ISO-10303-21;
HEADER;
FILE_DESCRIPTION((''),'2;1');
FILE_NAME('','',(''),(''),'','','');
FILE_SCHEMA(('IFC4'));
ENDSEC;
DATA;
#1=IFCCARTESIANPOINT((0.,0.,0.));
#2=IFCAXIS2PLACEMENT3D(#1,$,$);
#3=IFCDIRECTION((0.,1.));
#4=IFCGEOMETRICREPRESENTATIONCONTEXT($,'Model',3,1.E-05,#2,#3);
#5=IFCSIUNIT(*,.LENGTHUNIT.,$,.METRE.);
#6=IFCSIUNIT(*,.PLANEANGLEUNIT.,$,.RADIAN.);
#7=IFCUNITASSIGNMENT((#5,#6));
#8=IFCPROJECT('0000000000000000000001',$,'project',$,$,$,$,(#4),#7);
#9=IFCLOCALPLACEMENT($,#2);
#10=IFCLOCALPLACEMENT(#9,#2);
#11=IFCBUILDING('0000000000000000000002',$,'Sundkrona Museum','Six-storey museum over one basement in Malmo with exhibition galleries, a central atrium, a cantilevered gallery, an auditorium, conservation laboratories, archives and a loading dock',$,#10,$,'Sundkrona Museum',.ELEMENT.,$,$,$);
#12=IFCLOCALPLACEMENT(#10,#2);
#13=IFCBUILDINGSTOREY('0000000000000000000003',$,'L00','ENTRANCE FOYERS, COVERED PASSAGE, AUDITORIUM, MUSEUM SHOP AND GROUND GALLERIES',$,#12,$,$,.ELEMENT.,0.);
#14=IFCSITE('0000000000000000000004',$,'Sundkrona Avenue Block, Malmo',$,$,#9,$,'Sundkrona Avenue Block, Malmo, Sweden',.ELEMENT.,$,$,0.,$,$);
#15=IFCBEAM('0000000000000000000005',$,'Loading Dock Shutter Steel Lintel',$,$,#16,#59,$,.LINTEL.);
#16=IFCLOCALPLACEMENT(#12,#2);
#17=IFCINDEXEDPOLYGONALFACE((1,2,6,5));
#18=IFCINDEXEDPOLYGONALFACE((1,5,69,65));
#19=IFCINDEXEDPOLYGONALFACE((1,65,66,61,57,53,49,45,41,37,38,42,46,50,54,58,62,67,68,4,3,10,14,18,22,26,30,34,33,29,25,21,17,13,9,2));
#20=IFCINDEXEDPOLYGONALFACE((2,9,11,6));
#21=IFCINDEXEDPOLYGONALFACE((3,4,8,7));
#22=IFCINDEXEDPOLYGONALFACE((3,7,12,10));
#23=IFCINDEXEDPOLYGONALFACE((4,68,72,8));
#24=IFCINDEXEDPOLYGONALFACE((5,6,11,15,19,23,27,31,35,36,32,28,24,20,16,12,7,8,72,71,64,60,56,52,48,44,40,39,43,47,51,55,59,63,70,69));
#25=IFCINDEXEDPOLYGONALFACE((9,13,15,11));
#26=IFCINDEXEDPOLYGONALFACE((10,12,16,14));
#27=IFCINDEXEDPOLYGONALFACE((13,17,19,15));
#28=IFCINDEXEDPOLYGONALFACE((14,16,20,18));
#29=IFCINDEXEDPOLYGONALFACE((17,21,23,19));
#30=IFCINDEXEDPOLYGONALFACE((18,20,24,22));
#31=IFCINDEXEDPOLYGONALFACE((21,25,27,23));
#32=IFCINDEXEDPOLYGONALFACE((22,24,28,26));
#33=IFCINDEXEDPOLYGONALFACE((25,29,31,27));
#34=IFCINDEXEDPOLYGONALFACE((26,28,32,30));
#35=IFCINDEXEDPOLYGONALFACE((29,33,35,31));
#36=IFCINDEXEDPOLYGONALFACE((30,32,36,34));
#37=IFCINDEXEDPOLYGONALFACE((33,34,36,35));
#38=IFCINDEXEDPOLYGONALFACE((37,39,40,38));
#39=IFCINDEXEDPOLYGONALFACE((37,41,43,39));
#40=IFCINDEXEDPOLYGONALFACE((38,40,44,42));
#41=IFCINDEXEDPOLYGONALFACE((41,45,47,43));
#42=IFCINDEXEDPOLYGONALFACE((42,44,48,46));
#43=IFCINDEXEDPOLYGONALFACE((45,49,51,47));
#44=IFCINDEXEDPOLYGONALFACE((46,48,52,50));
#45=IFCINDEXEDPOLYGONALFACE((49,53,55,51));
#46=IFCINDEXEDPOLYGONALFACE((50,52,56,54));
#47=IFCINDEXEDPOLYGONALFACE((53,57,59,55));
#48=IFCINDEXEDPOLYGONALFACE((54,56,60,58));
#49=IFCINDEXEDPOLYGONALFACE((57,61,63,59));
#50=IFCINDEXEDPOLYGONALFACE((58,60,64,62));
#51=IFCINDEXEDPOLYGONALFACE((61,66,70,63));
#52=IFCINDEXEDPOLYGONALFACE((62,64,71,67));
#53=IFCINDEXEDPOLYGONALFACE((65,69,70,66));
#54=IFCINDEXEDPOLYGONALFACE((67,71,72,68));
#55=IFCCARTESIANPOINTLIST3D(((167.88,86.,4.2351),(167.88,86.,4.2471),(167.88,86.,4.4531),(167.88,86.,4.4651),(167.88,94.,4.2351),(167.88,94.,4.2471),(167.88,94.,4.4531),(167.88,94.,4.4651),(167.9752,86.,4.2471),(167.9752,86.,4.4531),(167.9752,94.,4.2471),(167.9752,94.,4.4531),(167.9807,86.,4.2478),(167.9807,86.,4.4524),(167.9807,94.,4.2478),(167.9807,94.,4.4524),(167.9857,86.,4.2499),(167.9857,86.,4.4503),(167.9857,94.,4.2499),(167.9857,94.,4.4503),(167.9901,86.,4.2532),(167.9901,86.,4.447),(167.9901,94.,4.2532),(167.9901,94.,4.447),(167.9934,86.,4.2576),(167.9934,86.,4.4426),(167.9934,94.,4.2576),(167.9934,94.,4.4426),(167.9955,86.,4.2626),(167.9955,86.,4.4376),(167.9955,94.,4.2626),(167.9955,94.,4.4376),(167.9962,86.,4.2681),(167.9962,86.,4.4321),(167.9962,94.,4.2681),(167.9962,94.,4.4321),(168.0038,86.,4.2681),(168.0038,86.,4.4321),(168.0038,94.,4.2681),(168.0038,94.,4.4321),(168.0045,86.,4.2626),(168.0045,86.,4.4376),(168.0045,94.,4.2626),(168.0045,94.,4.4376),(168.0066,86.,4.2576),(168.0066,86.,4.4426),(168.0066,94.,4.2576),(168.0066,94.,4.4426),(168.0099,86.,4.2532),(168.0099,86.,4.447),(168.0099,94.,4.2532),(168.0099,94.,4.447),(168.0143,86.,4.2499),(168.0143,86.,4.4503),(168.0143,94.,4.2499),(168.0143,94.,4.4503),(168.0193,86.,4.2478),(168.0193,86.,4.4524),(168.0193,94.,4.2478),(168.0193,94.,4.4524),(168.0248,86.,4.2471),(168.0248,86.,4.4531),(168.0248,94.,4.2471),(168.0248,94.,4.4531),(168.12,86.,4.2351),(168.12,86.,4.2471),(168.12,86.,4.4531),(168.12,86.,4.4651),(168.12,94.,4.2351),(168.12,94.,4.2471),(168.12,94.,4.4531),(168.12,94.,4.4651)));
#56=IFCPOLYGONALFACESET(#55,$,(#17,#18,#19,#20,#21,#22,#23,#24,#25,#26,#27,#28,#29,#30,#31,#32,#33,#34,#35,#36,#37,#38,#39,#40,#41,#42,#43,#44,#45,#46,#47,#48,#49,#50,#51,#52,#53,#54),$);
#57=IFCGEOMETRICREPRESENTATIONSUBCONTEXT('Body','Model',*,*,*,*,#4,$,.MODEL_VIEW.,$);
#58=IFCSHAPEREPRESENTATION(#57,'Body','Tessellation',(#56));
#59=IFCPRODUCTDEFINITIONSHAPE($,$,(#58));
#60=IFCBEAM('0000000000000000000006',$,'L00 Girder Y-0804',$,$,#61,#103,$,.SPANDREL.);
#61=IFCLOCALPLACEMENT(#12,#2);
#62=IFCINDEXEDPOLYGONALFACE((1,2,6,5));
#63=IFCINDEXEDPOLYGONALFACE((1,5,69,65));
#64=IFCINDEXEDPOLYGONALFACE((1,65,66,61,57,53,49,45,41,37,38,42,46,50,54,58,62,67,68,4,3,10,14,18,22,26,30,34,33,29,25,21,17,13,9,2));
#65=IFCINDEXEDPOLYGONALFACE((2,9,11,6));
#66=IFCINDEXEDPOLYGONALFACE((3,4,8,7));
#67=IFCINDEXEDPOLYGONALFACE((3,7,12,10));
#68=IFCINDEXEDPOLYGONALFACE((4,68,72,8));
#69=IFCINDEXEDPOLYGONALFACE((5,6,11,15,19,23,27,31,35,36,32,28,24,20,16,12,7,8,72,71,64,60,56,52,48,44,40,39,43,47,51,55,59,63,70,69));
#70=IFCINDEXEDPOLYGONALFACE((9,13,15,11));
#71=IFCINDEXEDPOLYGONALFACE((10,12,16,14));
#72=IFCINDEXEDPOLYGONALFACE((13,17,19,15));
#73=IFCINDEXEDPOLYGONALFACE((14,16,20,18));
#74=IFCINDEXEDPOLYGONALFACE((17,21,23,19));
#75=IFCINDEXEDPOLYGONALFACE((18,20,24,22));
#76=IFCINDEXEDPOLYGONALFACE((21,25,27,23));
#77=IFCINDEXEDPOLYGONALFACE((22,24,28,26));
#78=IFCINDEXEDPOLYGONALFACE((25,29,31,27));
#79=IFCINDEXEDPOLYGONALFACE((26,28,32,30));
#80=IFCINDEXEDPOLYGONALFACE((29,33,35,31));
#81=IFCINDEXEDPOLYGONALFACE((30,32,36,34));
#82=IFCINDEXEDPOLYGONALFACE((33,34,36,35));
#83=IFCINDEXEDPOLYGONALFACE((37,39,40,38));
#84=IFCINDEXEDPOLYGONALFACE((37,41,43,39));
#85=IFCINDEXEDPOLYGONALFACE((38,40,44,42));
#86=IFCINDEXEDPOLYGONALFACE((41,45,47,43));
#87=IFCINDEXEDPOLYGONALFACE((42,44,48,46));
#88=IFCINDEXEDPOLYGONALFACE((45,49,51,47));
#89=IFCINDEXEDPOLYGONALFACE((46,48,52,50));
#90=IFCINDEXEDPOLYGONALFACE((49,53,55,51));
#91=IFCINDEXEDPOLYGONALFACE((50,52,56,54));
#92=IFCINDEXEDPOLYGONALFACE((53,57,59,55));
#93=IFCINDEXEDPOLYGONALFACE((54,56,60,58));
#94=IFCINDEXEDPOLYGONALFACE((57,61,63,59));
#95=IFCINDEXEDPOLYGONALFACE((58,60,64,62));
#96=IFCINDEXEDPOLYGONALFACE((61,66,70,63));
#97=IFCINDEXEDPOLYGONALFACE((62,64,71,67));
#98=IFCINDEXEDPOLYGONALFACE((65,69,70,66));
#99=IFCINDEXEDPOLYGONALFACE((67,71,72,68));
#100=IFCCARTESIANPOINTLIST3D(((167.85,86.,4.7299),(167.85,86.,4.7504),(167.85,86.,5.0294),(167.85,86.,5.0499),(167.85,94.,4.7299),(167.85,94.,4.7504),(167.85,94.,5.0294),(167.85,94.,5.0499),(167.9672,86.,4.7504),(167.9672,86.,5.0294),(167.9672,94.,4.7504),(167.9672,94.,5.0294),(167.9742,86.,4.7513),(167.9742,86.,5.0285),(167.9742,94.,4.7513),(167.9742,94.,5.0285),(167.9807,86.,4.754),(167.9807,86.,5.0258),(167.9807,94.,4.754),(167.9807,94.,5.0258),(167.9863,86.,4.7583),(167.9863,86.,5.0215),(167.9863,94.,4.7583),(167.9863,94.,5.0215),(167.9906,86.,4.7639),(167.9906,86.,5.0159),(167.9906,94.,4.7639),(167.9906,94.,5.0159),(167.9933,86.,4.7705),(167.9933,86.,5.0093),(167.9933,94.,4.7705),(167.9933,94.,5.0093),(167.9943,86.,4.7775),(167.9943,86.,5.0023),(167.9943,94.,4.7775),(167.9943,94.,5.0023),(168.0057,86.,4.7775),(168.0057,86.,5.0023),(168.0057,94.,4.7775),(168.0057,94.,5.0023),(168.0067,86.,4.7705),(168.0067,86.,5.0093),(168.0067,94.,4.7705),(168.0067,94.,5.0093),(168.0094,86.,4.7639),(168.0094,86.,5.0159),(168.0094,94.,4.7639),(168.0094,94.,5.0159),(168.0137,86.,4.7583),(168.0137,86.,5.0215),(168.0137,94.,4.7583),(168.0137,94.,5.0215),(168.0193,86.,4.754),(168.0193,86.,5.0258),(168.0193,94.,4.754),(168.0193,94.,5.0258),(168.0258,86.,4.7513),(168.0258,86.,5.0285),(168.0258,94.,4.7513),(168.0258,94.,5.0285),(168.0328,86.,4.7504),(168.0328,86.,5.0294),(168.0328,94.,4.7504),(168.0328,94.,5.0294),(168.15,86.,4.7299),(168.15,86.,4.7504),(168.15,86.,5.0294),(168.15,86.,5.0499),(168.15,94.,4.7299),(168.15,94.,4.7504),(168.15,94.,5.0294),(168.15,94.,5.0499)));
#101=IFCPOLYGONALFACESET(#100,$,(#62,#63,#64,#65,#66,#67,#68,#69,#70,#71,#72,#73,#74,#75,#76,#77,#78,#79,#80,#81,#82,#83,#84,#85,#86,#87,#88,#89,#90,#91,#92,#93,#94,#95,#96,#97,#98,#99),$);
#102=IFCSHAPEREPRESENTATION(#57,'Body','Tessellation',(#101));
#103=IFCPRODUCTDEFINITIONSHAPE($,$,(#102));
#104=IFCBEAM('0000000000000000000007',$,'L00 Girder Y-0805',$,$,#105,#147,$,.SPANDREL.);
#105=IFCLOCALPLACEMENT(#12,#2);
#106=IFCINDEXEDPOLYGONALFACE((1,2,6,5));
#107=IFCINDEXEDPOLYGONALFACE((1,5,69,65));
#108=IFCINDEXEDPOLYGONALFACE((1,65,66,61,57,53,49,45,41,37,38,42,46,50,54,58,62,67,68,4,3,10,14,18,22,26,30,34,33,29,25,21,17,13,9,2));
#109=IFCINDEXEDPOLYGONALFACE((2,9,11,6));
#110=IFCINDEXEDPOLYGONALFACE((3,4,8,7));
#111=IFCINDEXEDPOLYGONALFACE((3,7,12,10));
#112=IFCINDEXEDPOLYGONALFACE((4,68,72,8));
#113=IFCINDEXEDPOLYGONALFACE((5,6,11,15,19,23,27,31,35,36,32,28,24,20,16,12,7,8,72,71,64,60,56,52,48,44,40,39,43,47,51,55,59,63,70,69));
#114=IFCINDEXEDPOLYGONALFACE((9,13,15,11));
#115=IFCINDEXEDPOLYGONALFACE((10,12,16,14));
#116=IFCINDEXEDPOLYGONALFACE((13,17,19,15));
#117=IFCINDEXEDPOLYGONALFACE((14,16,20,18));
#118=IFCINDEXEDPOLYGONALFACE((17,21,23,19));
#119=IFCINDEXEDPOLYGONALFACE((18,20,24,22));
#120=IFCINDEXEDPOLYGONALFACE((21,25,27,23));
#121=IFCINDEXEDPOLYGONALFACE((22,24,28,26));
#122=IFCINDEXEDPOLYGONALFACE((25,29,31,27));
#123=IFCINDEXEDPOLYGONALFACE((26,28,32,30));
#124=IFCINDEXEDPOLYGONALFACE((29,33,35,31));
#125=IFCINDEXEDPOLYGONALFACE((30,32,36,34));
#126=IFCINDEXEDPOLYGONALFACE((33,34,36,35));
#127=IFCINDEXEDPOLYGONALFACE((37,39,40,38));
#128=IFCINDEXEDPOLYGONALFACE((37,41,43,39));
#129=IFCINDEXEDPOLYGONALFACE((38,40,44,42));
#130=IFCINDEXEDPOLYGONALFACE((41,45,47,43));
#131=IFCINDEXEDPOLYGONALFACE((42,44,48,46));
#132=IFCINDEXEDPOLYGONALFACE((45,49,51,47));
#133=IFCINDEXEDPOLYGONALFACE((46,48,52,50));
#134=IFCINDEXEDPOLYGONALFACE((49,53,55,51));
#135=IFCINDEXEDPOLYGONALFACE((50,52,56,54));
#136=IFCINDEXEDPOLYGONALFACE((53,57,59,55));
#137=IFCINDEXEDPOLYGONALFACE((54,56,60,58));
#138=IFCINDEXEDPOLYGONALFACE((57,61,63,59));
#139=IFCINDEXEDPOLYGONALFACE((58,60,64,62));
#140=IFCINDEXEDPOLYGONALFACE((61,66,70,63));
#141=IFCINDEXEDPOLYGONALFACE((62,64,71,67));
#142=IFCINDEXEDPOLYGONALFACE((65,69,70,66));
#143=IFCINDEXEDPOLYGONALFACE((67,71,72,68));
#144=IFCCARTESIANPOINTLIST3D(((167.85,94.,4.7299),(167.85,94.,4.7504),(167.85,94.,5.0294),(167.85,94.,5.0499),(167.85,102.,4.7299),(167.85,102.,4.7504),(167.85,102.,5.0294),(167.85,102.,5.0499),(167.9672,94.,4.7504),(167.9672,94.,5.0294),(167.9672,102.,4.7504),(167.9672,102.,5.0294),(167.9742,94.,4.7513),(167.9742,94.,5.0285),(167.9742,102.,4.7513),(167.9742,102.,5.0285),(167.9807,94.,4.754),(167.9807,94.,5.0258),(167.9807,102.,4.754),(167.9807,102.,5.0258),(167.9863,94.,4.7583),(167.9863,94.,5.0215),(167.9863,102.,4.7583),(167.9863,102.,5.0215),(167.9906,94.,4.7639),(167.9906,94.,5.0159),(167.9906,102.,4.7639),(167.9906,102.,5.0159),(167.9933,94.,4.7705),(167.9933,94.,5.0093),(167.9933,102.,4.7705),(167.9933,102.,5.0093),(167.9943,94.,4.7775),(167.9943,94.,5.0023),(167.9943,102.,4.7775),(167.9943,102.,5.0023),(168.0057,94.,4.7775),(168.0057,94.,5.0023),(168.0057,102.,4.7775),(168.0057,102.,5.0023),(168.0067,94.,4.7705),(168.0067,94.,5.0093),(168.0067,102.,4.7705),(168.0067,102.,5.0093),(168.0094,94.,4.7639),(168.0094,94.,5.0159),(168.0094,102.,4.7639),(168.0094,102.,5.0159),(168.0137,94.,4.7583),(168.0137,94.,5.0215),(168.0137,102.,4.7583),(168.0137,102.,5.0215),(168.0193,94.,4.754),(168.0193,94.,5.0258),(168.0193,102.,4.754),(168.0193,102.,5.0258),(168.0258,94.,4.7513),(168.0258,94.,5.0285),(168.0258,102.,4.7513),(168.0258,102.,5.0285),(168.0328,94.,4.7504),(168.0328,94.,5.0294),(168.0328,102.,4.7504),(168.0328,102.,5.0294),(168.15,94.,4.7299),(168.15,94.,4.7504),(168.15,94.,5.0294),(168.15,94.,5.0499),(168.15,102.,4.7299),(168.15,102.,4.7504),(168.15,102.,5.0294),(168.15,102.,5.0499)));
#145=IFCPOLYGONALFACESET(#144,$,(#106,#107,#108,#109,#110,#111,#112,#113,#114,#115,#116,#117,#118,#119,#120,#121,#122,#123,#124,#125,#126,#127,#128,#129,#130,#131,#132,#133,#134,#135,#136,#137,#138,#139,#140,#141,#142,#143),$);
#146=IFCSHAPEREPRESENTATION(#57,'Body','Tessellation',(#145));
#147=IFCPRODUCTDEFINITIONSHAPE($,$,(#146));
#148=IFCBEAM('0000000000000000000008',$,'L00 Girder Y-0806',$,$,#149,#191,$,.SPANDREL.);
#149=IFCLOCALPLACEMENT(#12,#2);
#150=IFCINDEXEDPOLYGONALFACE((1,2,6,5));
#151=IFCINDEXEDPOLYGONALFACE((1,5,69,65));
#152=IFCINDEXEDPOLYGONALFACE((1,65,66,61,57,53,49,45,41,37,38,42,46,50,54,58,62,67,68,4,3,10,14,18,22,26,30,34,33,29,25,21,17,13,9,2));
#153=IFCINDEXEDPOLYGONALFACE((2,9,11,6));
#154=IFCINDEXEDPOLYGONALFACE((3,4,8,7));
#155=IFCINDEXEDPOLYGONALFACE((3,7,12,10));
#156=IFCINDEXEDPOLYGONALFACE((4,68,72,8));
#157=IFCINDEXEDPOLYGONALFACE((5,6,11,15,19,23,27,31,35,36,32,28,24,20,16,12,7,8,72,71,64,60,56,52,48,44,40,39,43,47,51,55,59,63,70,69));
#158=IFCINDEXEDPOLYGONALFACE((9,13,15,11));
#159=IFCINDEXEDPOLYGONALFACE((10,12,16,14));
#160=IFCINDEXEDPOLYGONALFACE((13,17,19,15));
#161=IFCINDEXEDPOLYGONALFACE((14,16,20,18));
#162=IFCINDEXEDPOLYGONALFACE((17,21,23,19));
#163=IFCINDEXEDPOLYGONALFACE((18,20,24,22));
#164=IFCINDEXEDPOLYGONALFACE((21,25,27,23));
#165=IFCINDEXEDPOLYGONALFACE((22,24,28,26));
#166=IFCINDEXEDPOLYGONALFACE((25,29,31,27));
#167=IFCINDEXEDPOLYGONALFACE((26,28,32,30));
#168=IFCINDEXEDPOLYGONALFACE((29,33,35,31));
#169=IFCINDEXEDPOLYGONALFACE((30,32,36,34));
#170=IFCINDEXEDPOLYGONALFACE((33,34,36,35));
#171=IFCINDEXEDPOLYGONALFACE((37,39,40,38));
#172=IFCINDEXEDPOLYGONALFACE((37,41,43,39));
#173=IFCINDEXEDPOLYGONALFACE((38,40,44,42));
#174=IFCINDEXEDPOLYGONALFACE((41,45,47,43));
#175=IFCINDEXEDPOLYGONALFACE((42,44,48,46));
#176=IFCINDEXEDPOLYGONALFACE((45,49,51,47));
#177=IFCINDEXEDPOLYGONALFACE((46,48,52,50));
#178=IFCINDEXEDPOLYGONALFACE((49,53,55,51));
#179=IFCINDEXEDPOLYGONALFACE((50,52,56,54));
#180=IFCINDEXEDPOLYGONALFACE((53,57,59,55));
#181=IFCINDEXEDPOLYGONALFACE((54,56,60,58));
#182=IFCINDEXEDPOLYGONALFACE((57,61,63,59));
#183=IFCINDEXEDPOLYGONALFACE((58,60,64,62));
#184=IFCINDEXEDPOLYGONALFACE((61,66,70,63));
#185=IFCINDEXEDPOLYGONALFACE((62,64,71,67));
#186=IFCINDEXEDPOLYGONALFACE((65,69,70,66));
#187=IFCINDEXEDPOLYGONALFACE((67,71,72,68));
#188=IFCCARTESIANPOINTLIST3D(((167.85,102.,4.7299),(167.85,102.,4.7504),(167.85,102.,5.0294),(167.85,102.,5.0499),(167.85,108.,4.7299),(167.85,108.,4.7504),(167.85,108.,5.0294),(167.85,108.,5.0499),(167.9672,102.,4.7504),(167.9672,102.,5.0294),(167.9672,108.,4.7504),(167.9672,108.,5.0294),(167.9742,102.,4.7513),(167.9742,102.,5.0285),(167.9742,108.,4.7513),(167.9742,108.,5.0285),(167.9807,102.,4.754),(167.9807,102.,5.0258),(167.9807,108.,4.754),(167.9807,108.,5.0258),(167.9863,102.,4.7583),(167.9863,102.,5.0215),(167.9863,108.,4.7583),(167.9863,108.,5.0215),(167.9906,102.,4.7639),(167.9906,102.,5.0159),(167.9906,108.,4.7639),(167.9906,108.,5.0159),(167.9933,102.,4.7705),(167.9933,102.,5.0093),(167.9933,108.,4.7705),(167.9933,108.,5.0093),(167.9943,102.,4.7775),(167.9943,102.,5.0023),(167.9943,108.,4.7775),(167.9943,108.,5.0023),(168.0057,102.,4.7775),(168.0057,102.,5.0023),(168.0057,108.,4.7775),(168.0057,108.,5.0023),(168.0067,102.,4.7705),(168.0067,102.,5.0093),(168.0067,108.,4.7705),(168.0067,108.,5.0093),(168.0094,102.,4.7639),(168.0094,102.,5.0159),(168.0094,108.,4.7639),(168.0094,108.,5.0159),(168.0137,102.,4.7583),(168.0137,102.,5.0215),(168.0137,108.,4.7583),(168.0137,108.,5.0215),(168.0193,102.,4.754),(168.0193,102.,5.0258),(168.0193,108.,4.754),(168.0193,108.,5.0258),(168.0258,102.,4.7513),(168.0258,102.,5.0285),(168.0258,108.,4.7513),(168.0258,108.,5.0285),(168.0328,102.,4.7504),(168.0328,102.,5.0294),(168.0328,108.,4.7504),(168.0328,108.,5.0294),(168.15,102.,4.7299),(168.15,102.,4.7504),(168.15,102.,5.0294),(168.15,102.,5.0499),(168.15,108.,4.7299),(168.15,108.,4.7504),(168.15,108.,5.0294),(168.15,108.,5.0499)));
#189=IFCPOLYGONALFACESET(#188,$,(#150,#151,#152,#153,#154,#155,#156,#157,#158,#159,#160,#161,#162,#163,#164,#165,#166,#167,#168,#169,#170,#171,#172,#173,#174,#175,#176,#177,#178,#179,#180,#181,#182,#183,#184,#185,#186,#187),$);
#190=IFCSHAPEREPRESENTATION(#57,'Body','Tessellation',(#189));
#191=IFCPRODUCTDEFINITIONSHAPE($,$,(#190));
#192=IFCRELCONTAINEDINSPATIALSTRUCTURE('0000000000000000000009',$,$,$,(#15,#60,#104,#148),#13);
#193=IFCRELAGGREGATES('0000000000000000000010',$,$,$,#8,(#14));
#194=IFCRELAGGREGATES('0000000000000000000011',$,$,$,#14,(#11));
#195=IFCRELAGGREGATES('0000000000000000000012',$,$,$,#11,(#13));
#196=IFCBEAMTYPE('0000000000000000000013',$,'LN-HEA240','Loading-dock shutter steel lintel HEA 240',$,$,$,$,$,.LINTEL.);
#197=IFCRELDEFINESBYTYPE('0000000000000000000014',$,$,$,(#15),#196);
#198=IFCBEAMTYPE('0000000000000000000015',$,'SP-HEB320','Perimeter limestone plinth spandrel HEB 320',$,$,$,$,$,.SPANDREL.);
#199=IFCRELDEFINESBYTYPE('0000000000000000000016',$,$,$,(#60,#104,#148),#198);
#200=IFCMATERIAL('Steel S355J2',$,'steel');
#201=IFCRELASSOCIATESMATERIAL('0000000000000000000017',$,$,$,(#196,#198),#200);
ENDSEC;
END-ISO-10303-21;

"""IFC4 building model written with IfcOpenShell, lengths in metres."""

from ifc_helpers import new_model, si_unit, direction, frame, origin, origin_2d, place, context, subcontext, project, spatial, i_section, extrude, material, material_profile, profile_set, type_object, element, save


model = new_model("IFC4")

# Units and contexts
model_context = context("Model", 3, precision=1e-05, world=origin(), true_north=direction((0.0, 1.0)))
body_context = subcontext(model_context, "Body", "Model", "MODEL_VIEW")
ifc_project = project(units=[si_unit("LENGTHUNIT", "METRE"), si_unit("PLANEANGLEUNIT", "RADIAN")], contexts=[model_context])

# Site, building, storey
site_placement = place(None, origin())
site = spatial("IfcSite", under=ifc_project, at=site_placement, Name="Sundkrona Avenue Block, Malmo", LongName="Sundkrona Avenue Block, Malmo, Sweden", CompositionType="ELEMENT", RefElevation=0.0)
building_placement = place(site_placement, origin())
building = spatial("IfcBuilding", under=site, at=building_placement, Name="Sundkrona Museum", Description="Six-storey museum over one basement in Malmo with exhibition galleries, a central atrium, a cantilevered gallery, an auditorium, conservation laboratories, archives and a loading dock", LongName="Sundkrona Museum", CompositionType="ELEMENT")
storey_placement = place(building_placement, origin())
storey = spatial("IfcBuildingStorey", under=building, at=storey_placement, Name="L00", Description="ENTRANCE FOYERS, COVERED PASSAGE, AUDITORIUM, MUSEUM SHOP AND GROUND GALLERIES", CompositionType="ELEMENT", Elevation=0.0)

# Shared definitions
ifc_material_1 = material(Name="Steel S355J2", Category="steel")

# Beams
ifc_material_profile_1 = material_profile(ifc_material_1, i_section(OverallWidth=0.24, OverallDepth=0.23, WebThickness=0.0076, FlangeThickness=0.012, FilletRadius=0.021, at=origin_2d()), Name="HEA 240")
ifc_profile_set_1 = profile_set([ifc_material_profile_1], Name="Steel S355J2")
beam_type_1 = type_object("IfcBeamType", Name="LN-HEA240", Description="Loading-dock shutter steel lintel HEA 240", PredefinedType="LINTEL", material=ifc_profile_set_1)
beam_1_placement = place(storey_placement, frame((168.0, 86.0, 4.3501), z_axis=(0.0, 1.0, 0.0), x_axis=(-1.0, 0.0, 0.0)))
element("IfcBeam", 1, at=beam_1_placement, inside=storey, type_object=beam_type_1, Name="Loading Dock Shutter Steel Lintel", PredefinedType="LINTEL", context=body_context, shape_type="SweptSolid", body=[
    extrude(i_section(OverallWidth=0.24, OverallDepth=0.23, WebThickness=0.0076, FlangeThickness=0.012, FilletRadius=0.021, at=origin_2d()), origin(), (0.0, 0.0, 1.0), 8.0),
])
ifc_material_profile_2 = material_profile(ifc_material_1, i_section(OverallWidth=0.3, OverallDepth=0.3201, WebThickness=0.0115, FlangeThickness=0.0205, FilletRadius=0.0271, at=origin_2d()), Name="HEB 320")
ifc_profile_set_2 = profile_set([ifc_material_profile_2], Name="Steel S355J2")
beam_type_2 = type_object("IfcBeamType", Name="SP-HEB320", Description="Perimeter limestone plinth spandrel HEB 320", PredefinedType="SPANDREL", material=ifc_profile_set_2)
for number, where, z_axis, x_axis, name in (
    (2, (168.0, 86.0, 4.8899), (0.0, 1.0, 0.0), (-1.0, 0.0, 0.0), "L00 Girder Y-0804"),
    (3, (168.0, 94.0, 4.8899), (0.0, 1.0, 0.0), (-1.0, 0.0, 0.0), "L00 Girder Y-0805"),
):
    element("IfcBeam", number, at=place(storey_placement, frame(where, z_axis=z_axis, x_axis=x_axis)), inside=storey, type_object=beam_type_2, Name=name, PredefinedType="SPANDREL", context=body_context, shape_type="SweptSolid", body=[
        extrude(i_section(OverallWidth=0.3, OverallDepth=0.3201, WebThickness=0.0115, FlangeThickness=0.0205, FilletRadius=0.0271, at=origin_2d()), origin(), (0.0, 0.0, 1.0), 8.0),
    ])
beam_2_placement = place(storey_placement, frame((168.0, 102.0, 4.8899), z_axis=(0.0, 1.0, 0.0), x_axis=(-1.0, 0.0, 0.0)))
element("IfcBeam", 4, at=beam_2_placement, inside=storey, type_object=beam_type_2, Name="L00 Girder Y-0806", PredefinedType="SPANDREL", context=body_context, shape_type="SweptSolid", body=[
    extrude(i_section(OverallWidth=0.3, OverallDepth=0.3201, WebThickness=0.0115, FlangeThickness=0.0205, FilletRadius=0.0271, at=origin_2d()), origin(), (0.0, 0.0, 1.0), 6.0),
])

save(model, "model.ifc")
